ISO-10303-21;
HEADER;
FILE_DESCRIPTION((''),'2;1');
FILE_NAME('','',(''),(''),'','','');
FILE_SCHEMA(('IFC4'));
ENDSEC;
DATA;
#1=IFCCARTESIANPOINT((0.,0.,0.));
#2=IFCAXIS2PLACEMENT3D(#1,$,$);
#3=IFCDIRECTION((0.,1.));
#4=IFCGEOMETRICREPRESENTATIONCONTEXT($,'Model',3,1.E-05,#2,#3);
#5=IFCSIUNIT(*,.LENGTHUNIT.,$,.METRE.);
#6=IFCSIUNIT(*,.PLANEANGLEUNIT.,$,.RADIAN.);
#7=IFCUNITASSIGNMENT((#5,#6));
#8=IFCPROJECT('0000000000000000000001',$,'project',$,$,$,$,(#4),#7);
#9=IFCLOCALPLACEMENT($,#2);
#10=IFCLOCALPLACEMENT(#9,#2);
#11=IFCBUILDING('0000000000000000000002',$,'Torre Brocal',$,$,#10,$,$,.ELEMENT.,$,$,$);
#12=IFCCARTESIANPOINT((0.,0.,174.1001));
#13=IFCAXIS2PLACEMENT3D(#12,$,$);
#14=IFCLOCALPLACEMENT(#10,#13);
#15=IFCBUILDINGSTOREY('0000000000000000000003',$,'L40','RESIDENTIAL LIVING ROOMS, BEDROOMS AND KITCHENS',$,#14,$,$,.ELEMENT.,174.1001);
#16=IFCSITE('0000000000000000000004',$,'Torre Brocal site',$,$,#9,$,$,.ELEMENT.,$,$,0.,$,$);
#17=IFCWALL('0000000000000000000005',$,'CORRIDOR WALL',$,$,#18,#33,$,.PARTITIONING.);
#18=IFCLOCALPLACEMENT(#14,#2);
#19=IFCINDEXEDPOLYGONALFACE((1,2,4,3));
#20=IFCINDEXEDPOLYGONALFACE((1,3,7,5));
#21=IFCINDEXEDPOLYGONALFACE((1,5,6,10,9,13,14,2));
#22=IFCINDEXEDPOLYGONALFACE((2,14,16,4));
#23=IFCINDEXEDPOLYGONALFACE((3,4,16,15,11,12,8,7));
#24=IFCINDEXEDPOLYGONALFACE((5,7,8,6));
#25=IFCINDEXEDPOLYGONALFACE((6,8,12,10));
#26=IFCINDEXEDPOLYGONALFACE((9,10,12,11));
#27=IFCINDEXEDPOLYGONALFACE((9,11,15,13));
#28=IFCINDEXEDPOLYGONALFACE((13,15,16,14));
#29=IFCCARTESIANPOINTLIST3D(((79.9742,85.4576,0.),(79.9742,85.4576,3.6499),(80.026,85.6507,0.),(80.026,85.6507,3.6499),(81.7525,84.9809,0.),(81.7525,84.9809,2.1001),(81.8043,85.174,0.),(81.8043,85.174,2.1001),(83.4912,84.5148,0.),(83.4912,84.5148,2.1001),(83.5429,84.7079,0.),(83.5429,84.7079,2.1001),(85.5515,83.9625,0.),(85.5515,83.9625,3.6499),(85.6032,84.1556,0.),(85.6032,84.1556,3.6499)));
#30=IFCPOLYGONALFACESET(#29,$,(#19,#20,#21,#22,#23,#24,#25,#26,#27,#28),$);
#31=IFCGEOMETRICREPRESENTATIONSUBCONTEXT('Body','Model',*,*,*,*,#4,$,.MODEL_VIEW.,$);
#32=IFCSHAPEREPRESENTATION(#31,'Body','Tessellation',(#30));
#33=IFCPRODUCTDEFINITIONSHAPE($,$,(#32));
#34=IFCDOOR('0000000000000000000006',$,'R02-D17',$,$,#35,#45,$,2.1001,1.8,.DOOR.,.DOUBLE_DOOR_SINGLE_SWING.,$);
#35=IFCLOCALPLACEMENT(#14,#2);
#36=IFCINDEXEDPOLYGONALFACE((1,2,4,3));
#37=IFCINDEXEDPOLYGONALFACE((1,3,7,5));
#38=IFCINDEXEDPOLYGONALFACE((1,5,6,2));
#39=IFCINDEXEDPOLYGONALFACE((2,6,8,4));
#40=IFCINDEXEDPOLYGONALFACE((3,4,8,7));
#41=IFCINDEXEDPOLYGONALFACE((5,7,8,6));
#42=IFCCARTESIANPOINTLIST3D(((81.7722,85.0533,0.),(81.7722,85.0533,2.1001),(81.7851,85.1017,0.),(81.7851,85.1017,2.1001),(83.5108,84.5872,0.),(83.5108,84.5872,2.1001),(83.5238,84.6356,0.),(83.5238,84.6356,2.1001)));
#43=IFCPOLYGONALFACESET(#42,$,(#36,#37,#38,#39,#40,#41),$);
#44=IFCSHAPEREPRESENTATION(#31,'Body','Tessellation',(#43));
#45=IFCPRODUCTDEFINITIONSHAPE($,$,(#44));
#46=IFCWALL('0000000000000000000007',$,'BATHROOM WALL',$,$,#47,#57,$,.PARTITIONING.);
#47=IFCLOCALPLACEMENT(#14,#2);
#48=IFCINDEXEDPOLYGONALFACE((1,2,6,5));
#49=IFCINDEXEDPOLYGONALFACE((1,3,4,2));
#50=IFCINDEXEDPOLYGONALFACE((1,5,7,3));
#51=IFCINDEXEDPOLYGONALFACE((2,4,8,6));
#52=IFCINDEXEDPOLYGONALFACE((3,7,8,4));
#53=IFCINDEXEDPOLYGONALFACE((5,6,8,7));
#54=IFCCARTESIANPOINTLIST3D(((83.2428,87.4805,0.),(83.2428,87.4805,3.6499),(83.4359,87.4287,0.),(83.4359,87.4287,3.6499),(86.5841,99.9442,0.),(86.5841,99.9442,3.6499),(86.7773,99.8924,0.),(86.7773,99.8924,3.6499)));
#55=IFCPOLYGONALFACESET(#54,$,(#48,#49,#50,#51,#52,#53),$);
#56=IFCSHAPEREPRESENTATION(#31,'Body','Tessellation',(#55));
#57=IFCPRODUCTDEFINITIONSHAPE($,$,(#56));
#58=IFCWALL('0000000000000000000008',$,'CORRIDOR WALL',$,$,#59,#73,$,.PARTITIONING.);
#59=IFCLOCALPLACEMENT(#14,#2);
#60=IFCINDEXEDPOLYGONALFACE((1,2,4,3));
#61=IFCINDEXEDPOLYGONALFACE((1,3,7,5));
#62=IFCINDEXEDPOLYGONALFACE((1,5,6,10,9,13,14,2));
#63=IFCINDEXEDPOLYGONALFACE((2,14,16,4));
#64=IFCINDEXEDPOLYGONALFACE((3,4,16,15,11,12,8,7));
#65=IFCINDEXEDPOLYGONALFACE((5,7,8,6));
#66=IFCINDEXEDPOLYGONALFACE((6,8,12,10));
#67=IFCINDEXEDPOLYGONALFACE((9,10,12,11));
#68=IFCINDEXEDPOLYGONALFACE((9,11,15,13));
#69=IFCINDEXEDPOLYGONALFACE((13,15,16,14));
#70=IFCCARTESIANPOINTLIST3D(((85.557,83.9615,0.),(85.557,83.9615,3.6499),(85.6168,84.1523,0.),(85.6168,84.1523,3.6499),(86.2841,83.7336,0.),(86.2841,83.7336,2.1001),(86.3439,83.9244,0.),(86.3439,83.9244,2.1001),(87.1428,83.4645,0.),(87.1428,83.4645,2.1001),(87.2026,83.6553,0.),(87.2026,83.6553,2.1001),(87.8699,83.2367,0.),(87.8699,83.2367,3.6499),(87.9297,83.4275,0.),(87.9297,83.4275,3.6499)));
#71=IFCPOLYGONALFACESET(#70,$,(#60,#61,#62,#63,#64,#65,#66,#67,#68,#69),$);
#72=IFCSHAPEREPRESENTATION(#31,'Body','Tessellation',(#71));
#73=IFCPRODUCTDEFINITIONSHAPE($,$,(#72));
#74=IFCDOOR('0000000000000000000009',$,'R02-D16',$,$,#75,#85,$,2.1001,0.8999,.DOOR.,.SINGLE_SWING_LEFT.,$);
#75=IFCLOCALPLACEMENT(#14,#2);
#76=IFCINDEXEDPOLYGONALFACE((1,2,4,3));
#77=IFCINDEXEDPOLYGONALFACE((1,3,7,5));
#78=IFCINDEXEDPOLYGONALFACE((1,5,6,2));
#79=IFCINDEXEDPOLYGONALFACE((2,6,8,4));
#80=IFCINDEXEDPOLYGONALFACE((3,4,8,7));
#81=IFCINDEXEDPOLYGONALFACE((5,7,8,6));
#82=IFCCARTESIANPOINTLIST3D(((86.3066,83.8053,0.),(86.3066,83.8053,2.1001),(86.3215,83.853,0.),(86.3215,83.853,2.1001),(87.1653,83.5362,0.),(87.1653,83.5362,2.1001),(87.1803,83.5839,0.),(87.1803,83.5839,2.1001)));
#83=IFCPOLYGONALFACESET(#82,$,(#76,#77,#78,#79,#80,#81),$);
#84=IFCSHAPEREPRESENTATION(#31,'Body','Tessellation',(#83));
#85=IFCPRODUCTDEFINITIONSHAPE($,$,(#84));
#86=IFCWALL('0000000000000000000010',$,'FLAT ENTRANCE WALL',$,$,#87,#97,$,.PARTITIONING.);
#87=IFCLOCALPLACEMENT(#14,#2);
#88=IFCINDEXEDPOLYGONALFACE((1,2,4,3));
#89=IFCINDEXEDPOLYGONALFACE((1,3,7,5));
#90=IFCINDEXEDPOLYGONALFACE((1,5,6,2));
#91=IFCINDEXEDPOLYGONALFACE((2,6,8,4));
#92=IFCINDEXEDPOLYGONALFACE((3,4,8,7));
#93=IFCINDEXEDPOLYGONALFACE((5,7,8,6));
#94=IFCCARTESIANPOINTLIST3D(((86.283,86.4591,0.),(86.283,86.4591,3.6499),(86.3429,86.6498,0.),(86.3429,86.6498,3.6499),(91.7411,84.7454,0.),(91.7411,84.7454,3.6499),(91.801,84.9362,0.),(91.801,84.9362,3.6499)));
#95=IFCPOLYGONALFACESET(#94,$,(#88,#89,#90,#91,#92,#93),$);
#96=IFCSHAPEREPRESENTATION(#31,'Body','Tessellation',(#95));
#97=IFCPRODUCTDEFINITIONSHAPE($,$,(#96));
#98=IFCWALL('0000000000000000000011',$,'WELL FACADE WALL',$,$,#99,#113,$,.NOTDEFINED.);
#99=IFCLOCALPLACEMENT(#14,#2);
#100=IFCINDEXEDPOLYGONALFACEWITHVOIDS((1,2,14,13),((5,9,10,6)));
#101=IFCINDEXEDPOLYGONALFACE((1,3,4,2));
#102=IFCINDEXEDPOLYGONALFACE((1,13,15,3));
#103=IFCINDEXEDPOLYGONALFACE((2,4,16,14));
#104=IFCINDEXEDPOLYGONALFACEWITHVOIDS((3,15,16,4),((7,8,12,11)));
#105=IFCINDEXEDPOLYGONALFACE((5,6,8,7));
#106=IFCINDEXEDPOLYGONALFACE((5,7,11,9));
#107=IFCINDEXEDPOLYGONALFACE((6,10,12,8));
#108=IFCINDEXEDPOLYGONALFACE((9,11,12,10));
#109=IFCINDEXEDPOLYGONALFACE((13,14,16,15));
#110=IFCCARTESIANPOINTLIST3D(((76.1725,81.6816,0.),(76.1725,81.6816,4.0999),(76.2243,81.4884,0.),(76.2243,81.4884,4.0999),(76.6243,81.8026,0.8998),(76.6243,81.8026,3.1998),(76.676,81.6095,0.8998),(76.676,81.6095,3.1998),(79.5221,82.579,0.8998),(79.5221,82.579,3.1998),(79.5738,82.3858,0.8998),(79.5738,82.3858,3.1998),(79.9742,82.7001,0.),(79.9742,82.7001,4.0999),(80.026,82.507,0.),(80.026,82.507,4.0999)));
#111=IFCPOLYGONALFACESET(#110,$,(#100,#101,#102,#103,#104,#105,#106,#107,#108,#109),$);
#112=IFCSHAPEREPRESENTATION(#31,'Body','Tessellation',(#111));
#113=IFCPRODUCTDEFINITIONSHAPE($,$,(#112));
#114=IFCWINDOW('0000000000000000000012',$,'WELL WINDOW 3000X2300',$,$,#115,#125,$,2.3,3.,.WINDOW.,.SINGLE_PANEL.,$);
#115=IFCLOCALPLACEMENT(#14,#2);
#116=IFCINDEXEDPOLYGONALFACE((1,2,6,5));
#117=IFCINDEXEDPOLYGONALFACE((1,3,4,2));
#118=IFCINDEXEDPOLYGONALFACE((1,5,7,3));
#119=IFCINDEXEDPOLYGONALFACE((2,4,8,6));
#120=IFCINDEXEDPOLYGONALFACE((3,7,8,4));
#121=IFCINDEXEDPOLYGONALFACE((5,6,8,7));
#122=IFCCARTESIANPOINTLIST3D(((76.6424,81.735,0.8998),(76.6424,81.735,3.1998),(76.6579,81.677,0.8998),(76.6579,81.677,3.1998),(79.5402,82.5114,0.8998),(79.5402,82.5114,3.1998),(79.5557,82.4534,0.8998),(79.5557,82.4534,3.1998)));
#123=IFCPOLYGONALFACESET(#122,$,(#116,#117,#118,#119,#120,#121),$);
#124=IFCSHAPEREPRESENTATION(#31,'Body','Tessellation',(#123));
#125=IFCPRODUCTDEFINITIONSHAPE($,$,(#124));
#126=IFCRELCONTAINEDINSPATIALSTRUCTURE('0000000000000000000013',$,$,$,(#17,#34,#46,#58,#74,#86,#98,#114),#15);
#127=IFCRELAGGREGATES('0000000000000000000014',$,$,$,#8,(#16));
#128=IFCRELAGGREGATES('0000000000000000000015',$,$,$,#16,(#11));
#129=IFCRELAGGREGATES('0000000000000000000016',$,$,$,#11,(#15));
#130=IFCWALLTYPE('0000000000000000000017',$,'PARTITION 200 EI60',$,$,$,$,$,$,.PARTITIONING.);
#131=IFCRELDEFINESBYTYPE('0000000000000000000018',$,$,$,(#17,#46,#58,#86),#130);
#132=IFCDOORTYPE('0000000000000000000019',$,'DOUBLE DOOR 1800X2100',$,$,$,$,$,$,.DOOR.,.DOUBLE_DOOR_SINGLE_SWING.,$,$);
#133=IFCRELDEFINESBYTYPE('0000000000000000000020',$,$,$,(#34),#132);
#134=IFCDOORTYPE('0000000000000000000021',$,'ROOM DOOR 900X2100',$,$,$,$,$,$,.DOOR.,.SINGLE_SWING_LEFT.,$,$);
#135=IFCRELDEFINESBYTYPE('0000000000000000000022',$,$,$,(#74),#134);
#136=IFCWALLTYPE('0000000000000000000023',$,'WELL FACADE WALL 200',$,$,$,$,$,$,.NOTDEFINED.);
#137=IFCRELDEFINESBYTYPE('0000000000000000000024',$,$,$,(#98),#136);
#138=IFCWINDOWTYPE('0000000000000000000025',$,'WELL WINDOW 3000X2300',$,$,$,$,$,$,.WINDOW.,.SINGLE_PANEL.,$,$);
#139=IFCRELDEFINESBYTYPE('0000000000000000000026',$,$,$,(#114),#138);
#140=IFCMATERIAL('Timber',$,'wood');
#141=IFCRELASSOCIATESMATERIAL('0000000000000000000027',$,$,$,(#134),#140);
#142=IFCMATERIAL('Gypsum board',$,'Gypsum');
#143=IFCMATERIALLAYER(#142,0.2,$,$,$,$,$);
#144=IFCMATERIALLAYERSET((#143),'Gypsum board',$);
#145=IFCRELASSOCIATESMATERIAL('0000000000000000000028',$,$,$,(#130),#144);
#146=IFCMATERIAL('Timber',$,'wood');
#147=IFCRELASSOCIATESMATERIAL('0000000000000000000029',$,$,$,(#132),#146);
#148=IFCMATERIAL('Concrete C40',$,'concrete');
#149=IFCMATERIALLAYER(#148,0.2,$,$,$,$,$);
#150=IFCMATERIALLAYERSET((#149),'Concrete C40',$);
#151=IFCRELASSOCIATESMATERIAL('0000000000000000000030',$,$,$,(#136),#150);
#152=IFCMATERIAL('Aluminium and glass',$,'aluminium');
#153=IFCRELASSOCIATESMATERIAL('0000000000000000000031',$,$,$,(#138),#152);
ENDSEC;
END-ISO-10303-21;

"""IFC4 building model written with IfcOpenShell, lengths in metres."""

from ifc_helpers import new_model, si_unit, direction, frame, frame_2d, origin, place, context, subcontext, project, spatial, rectangle, extrude, material, layer, layer_set, type_object, element, fill, save


model = new_model("IFC4")

# Units and contexts
model_context = context("Model", 3, precision=1e-05, world=origin(), true_north=direction((0.0, 1.0)))
body_context = subcontext(model_context, "Body", "Model", "MODEL_VIEW")
ifc_project = project(units=[si_unit("LENGTHUNIT", "METRE"), si_unit("PLANEANGLEUNIT", "RADIAN")], contexts=[model_context])

# Site, building, storey
site_placement = place(None, origin())
site = spatial("IfcSite", under=ifc_project, at=site_placement, Name="Torre Brocal site", CompositionType="ELEMENT", RefElevation=0.0)
building_placement = place(site_placement, origin())
building = spatial("IfcBuilding", under=site, at=building_placement, Name="Torre Brocal", CompositionType="ELEMENT")
storey_placement = place(building_placement, frame((0.0, 0.0, 174.1001)))
storey = spatial("IfcBuildingStorey", under=building, at=storey_placement, Name="L40", Description="RESIDENTIAL LIVING ROOMS, BEDROOMS AND KITCHENS", CompositionType="ELEMENT", Elevation=174.1001)

# Shared definitions
ifc_material_1 = material(Name="Timber", Category="wood")
door_type_1 = type_object("IfcDoorType", Name="ROOM DOOR 900X2100", OperationType="SINGLE_SWING_LEFT", PredefinedType="DOOR", material=ifc_material_1)

# Wall, opening, door
ifc_material_2 = material(Name="Gypsum board", Category="Gypsum")
ifc_layer_1 = layer(ifc_material_2, 0.2)
ifc_layer_set_1 = layer_set([ifc_layer_1], Name="Gypsum board")
wall_type_1 = type_object("IfcWallType", Name="PARTITION 200 EI60", PredefinedType="PARTITIONING", material=ifc_layer_set_1)
wall_1_placement = place(storey_placement, frame((80.0, 85.5542, 0.0), z_axis=(0.0, 0.0, 1.0), x_axis=(0.965894, -0.258936, 0.0)))
wall_1 = element("IfcWall", 1, at=wall_1_placement, inside=storey, type_object=wall_type_1, Name="CORRIDOR WALL", PredefinedType="PARTITIONING", context=body_context, shape_type="SweptSolid", body=[
    extrude(rectangle(XDim=5.7742, YDim=0.2, at=frame_2d((2.8872, 0.0))), origin(), (0.0, 0.0, 1.0), 3.6499),
])
opening_1_placement = place(wall_1_placement, frame((1.8413, 0.0, 0.0)))
opening_1 = element("IfcOpeningElement", 2, at=opening_1_placement, cuts=wall_1, PredefinedType="OPENING", context=body_context, shape_type="SweptSolid", body=[
    extrude(rectangle(XDim=1.8, YDim=2.1001, at=frame_2d((0.8999, 1.05))), frame((0.0, 0.1099, 0.0), z_axis=(0.0, -1.0, 0.0), x_axis=(1.0, 0.0, 0.0)), (0.0, 0.0, 1.0), 0.22),
])
ifc_material_3 = material(Name="Timber", Category="wood")
door_type_2 = type_object("IfcDoorType", Name="DOUBLE DOOR 1800X2100", OperationType="DOUBLE_DOOR_SINGLE_SWING", PredefinedType="DOOR", material=ifc_material_3)
door_1_placement = place(opening_1_placement, frame((1.8, 0.0, 0.0), z_axis=(0.0, 0.0, 1.0), x_axis=(-1.0, 0.0, 0.0)))
door_1 = element("IfcDoor", 3, at=door_1_placement, inside=storey, type_object=door_type_2, Name="R02-D17", OperationType="DOUBLE_DOOR_SINGLE_SWING", OverallHeight=2.1001, OverallWidth=1.8, PredefinedType="DOOR", context=body_context, shape_type="SweptSolid", body=[
    extrude(rectangle(XDim=1.8, YDim=2.1001, at=frame_2d((0.8999, 1.05))), frame((0.0, 0.0249, 0.0), z_axis=(0.0, -1.0, 0.0), x_axis=(1.0, 0.0, 0.0)), (0.0, 0.0, 1.0), 0.05),
])
fill(opening_1, door_1)

# Wall
wall_2_placement = place(storey_placement, frame((83.3394, 87.4546, 0.0), z_axis=(0.0, 0.0, 1.0), x_axis=(0.258941, 0.965893, 0.0)))
element("IfcWall", 4, at=wall_2_placement, inside=storey, type_object=wall_type_1, Name="BATHROOM WALL", PredefinedType="PARTITIONING", context=body_context, shape_type="SweptSolid", body=[
    extrude(rectangle(XDim=12.9038, YDim=0.2, at=frame_2d((6.4519, 0.0))), origin(), (0.0, 0.0, 1.0), 3.6499),
])

# Wall, opening, door
wall_3_placement = place(storey_placement, frame((85.5869, 84.0569, 0.0), z_axis=(0.0, 0.0, 1.0), x_axis=(0.95424, -0.299043, 0.0)))
wall_3 = element("IfcWall", 5, at=wall_3_placement, inside=storey, type_object=wall_type_1, Name="CORRIDOR WALL", PredefinedType="PARTITIONING", context=body_context, shape_type="SweptSolid", body=[
    extrude(rectangle(XDim=2.4238, YDim=0.2, at=frame_2d((1.2119, 0.0))), origin(), (0.0, 0.0, 1.0), 3.6499),
])
opening_2_placement = place(wall_3_placement, frame((0.762, 0.0, 0.0)))
opening_2 = element("IfcOpeningElement", 6, at=opening_2_placement, cuts=wall_3, PredefinedType="OPENING", context=body_context, shape_type="SweptSolid", body=[
    extrude(rectangle(XDim=0.8999, YDim=2.1001, at=frame_2d((0.45, 1.05))), frame((0.0, 0.1099, 0.0), z_axis=(0.0, -1.0, 0.0), x_axis=(1.0, 0.0, 0.0)), (0.0, 0.0, 1.0), 0.22),
])
door_2_placement = place(opening_2_placement, frame((0.8999, 0.0, 0.0), z_axis=(0.0, 0.0, 1.0), x_axis=(-1.0, 0.0, 0.0)))
door_2 = element("IfcDoor", 7, at=door_2_placement, inside=storey, type_object=door_type_1, Name="R02-D16", OperationType="SINGLE_SWING_LEFT", OverallHeight=2.1001, OverallWidth=0.8999, PredefinedType="DOOR", context=body_context, shape_type="SweptSolid", body=[
    extrude(rectangle(XDim=0.8999, YDim=2.1001, at=frame_2d((0.45, 1.05))), frame((0.0, 0.0249, 0.0), z_axis=(0.0, -1.0, 0.0), x_axis=(1.0, 0.0, 0.0)), (0.0, 0.0, 1.0), 0.05),
])
fill(opening_2, door_2)

# Wall
wall_4_placement = place(storey_placement, frame((86.313, 86.5544, 0.0), z_axis=(0.0, 0.0, 1.0), x_axis=(0.954081, -0.299548, 0.0)))
element("IfcWall", 8, at=wall_4_placement, inside=storey, type_object=wall_type_1, Name="FLAT ENTRANCE WALL", PredefinedType="PARTITIONING", context=body_context, shape_type="SweptSolid", body=[
    extrude(rectangle(XDim=5.7207, YDim=0.2, at=frame_2d((2.8604, 0.0))), origin(), (0.0, 0.0, 1.0), 3.6499),
])

# Wall, opening, window
ifc_material_4 = material(Name="Concrete C40", Category="concrete")
ifc_layer_2 = layer(ifc_material_4, 0.2)
ifc_layer_set_2 = layer_set([ifc_layer_2], Name="Concrete C40")
wall_type_2 = type_object("IfcWallType", Name="WELL FACADE WALL 200", PredefinedType="NOTDEFINED", material=ifc_layer_set_2)
wall_5_placement = place(storey_placement, frame((80.0, 82.6035, 0.0), z_axis=(0.0, 0.0, 1.0), x_axis=(-0.965934, -0.25879, 0.0)))
wall_5 = element("IfcWall", 9, at=wall_5_placement, inside=storey, type_object=wall_type_2, Name="WELL FACADE WALL", PredefinedType="NOTDEFINED", context=body_context, shape_type="SweptSolid", body=[
    extrude(rectangle(XDim=3.9358, YDim=0.2, at=frame_2d((1.9678, 0.0))), origin(), (0.0, 0.0, 1.0), 4.0999),
])
opening_3_placement = place(wall_5_placement, frame((0.468, 0.0, 0.8999)))
opening_3 = element("IfcOpeningElement", 10, at=opening_3_placement, cuts=wall_5, PredefinedType="OPENING", context=body_context, shape_type="SweptSolid", body=[
    extrude(rectangle(XDim=3.0, YDim=2.3, at=frame_2d((1.5, 1.1499))), frame((0.0, 0.1099, 0.0), z_axis=(0.0, -1.0, 0.0), x_axis=(1.0, 0.0, 0.0)), (0.0, 0.0, 1.0), 0.22),
])
ifc_material_5 = material(Name="Aluminium and glass", Category="aluminium")
window_type = type_object("IfcWindowType", Name="WELL WINDOW 3000X2300", PartitioningType="SINGLE_PANEL", PredefinedType="WINDOW", material=ifc_material_5)
window_placement = place(opening_3_placement, origin())
window = element("IfcWindow", 11, at=window_placement, inside=storey, type_object=window_type, Name="WELL WINDOW 3000X2300", OverallHeight=2.3, OverallWidth=3.0, PartitioningType="SINGLE_PANEL", PredefinedType="WINDOW", context=body_context, shape_type="SweptSolid", body=[
    extrude(rectangle(XDim=3.0, YDim=2.3, at=frame_2d((1.5, 1.1499))), frame((0.0, 0.03, 0.0), z_axis=(0.0, -1.0, 0.0), x_axis=(1.0, 0.0, 0.0)), (0.0, 0.0, 1.0), 0.0601),
])
fill(opening_3, window)

save(model, "model.ifc")
